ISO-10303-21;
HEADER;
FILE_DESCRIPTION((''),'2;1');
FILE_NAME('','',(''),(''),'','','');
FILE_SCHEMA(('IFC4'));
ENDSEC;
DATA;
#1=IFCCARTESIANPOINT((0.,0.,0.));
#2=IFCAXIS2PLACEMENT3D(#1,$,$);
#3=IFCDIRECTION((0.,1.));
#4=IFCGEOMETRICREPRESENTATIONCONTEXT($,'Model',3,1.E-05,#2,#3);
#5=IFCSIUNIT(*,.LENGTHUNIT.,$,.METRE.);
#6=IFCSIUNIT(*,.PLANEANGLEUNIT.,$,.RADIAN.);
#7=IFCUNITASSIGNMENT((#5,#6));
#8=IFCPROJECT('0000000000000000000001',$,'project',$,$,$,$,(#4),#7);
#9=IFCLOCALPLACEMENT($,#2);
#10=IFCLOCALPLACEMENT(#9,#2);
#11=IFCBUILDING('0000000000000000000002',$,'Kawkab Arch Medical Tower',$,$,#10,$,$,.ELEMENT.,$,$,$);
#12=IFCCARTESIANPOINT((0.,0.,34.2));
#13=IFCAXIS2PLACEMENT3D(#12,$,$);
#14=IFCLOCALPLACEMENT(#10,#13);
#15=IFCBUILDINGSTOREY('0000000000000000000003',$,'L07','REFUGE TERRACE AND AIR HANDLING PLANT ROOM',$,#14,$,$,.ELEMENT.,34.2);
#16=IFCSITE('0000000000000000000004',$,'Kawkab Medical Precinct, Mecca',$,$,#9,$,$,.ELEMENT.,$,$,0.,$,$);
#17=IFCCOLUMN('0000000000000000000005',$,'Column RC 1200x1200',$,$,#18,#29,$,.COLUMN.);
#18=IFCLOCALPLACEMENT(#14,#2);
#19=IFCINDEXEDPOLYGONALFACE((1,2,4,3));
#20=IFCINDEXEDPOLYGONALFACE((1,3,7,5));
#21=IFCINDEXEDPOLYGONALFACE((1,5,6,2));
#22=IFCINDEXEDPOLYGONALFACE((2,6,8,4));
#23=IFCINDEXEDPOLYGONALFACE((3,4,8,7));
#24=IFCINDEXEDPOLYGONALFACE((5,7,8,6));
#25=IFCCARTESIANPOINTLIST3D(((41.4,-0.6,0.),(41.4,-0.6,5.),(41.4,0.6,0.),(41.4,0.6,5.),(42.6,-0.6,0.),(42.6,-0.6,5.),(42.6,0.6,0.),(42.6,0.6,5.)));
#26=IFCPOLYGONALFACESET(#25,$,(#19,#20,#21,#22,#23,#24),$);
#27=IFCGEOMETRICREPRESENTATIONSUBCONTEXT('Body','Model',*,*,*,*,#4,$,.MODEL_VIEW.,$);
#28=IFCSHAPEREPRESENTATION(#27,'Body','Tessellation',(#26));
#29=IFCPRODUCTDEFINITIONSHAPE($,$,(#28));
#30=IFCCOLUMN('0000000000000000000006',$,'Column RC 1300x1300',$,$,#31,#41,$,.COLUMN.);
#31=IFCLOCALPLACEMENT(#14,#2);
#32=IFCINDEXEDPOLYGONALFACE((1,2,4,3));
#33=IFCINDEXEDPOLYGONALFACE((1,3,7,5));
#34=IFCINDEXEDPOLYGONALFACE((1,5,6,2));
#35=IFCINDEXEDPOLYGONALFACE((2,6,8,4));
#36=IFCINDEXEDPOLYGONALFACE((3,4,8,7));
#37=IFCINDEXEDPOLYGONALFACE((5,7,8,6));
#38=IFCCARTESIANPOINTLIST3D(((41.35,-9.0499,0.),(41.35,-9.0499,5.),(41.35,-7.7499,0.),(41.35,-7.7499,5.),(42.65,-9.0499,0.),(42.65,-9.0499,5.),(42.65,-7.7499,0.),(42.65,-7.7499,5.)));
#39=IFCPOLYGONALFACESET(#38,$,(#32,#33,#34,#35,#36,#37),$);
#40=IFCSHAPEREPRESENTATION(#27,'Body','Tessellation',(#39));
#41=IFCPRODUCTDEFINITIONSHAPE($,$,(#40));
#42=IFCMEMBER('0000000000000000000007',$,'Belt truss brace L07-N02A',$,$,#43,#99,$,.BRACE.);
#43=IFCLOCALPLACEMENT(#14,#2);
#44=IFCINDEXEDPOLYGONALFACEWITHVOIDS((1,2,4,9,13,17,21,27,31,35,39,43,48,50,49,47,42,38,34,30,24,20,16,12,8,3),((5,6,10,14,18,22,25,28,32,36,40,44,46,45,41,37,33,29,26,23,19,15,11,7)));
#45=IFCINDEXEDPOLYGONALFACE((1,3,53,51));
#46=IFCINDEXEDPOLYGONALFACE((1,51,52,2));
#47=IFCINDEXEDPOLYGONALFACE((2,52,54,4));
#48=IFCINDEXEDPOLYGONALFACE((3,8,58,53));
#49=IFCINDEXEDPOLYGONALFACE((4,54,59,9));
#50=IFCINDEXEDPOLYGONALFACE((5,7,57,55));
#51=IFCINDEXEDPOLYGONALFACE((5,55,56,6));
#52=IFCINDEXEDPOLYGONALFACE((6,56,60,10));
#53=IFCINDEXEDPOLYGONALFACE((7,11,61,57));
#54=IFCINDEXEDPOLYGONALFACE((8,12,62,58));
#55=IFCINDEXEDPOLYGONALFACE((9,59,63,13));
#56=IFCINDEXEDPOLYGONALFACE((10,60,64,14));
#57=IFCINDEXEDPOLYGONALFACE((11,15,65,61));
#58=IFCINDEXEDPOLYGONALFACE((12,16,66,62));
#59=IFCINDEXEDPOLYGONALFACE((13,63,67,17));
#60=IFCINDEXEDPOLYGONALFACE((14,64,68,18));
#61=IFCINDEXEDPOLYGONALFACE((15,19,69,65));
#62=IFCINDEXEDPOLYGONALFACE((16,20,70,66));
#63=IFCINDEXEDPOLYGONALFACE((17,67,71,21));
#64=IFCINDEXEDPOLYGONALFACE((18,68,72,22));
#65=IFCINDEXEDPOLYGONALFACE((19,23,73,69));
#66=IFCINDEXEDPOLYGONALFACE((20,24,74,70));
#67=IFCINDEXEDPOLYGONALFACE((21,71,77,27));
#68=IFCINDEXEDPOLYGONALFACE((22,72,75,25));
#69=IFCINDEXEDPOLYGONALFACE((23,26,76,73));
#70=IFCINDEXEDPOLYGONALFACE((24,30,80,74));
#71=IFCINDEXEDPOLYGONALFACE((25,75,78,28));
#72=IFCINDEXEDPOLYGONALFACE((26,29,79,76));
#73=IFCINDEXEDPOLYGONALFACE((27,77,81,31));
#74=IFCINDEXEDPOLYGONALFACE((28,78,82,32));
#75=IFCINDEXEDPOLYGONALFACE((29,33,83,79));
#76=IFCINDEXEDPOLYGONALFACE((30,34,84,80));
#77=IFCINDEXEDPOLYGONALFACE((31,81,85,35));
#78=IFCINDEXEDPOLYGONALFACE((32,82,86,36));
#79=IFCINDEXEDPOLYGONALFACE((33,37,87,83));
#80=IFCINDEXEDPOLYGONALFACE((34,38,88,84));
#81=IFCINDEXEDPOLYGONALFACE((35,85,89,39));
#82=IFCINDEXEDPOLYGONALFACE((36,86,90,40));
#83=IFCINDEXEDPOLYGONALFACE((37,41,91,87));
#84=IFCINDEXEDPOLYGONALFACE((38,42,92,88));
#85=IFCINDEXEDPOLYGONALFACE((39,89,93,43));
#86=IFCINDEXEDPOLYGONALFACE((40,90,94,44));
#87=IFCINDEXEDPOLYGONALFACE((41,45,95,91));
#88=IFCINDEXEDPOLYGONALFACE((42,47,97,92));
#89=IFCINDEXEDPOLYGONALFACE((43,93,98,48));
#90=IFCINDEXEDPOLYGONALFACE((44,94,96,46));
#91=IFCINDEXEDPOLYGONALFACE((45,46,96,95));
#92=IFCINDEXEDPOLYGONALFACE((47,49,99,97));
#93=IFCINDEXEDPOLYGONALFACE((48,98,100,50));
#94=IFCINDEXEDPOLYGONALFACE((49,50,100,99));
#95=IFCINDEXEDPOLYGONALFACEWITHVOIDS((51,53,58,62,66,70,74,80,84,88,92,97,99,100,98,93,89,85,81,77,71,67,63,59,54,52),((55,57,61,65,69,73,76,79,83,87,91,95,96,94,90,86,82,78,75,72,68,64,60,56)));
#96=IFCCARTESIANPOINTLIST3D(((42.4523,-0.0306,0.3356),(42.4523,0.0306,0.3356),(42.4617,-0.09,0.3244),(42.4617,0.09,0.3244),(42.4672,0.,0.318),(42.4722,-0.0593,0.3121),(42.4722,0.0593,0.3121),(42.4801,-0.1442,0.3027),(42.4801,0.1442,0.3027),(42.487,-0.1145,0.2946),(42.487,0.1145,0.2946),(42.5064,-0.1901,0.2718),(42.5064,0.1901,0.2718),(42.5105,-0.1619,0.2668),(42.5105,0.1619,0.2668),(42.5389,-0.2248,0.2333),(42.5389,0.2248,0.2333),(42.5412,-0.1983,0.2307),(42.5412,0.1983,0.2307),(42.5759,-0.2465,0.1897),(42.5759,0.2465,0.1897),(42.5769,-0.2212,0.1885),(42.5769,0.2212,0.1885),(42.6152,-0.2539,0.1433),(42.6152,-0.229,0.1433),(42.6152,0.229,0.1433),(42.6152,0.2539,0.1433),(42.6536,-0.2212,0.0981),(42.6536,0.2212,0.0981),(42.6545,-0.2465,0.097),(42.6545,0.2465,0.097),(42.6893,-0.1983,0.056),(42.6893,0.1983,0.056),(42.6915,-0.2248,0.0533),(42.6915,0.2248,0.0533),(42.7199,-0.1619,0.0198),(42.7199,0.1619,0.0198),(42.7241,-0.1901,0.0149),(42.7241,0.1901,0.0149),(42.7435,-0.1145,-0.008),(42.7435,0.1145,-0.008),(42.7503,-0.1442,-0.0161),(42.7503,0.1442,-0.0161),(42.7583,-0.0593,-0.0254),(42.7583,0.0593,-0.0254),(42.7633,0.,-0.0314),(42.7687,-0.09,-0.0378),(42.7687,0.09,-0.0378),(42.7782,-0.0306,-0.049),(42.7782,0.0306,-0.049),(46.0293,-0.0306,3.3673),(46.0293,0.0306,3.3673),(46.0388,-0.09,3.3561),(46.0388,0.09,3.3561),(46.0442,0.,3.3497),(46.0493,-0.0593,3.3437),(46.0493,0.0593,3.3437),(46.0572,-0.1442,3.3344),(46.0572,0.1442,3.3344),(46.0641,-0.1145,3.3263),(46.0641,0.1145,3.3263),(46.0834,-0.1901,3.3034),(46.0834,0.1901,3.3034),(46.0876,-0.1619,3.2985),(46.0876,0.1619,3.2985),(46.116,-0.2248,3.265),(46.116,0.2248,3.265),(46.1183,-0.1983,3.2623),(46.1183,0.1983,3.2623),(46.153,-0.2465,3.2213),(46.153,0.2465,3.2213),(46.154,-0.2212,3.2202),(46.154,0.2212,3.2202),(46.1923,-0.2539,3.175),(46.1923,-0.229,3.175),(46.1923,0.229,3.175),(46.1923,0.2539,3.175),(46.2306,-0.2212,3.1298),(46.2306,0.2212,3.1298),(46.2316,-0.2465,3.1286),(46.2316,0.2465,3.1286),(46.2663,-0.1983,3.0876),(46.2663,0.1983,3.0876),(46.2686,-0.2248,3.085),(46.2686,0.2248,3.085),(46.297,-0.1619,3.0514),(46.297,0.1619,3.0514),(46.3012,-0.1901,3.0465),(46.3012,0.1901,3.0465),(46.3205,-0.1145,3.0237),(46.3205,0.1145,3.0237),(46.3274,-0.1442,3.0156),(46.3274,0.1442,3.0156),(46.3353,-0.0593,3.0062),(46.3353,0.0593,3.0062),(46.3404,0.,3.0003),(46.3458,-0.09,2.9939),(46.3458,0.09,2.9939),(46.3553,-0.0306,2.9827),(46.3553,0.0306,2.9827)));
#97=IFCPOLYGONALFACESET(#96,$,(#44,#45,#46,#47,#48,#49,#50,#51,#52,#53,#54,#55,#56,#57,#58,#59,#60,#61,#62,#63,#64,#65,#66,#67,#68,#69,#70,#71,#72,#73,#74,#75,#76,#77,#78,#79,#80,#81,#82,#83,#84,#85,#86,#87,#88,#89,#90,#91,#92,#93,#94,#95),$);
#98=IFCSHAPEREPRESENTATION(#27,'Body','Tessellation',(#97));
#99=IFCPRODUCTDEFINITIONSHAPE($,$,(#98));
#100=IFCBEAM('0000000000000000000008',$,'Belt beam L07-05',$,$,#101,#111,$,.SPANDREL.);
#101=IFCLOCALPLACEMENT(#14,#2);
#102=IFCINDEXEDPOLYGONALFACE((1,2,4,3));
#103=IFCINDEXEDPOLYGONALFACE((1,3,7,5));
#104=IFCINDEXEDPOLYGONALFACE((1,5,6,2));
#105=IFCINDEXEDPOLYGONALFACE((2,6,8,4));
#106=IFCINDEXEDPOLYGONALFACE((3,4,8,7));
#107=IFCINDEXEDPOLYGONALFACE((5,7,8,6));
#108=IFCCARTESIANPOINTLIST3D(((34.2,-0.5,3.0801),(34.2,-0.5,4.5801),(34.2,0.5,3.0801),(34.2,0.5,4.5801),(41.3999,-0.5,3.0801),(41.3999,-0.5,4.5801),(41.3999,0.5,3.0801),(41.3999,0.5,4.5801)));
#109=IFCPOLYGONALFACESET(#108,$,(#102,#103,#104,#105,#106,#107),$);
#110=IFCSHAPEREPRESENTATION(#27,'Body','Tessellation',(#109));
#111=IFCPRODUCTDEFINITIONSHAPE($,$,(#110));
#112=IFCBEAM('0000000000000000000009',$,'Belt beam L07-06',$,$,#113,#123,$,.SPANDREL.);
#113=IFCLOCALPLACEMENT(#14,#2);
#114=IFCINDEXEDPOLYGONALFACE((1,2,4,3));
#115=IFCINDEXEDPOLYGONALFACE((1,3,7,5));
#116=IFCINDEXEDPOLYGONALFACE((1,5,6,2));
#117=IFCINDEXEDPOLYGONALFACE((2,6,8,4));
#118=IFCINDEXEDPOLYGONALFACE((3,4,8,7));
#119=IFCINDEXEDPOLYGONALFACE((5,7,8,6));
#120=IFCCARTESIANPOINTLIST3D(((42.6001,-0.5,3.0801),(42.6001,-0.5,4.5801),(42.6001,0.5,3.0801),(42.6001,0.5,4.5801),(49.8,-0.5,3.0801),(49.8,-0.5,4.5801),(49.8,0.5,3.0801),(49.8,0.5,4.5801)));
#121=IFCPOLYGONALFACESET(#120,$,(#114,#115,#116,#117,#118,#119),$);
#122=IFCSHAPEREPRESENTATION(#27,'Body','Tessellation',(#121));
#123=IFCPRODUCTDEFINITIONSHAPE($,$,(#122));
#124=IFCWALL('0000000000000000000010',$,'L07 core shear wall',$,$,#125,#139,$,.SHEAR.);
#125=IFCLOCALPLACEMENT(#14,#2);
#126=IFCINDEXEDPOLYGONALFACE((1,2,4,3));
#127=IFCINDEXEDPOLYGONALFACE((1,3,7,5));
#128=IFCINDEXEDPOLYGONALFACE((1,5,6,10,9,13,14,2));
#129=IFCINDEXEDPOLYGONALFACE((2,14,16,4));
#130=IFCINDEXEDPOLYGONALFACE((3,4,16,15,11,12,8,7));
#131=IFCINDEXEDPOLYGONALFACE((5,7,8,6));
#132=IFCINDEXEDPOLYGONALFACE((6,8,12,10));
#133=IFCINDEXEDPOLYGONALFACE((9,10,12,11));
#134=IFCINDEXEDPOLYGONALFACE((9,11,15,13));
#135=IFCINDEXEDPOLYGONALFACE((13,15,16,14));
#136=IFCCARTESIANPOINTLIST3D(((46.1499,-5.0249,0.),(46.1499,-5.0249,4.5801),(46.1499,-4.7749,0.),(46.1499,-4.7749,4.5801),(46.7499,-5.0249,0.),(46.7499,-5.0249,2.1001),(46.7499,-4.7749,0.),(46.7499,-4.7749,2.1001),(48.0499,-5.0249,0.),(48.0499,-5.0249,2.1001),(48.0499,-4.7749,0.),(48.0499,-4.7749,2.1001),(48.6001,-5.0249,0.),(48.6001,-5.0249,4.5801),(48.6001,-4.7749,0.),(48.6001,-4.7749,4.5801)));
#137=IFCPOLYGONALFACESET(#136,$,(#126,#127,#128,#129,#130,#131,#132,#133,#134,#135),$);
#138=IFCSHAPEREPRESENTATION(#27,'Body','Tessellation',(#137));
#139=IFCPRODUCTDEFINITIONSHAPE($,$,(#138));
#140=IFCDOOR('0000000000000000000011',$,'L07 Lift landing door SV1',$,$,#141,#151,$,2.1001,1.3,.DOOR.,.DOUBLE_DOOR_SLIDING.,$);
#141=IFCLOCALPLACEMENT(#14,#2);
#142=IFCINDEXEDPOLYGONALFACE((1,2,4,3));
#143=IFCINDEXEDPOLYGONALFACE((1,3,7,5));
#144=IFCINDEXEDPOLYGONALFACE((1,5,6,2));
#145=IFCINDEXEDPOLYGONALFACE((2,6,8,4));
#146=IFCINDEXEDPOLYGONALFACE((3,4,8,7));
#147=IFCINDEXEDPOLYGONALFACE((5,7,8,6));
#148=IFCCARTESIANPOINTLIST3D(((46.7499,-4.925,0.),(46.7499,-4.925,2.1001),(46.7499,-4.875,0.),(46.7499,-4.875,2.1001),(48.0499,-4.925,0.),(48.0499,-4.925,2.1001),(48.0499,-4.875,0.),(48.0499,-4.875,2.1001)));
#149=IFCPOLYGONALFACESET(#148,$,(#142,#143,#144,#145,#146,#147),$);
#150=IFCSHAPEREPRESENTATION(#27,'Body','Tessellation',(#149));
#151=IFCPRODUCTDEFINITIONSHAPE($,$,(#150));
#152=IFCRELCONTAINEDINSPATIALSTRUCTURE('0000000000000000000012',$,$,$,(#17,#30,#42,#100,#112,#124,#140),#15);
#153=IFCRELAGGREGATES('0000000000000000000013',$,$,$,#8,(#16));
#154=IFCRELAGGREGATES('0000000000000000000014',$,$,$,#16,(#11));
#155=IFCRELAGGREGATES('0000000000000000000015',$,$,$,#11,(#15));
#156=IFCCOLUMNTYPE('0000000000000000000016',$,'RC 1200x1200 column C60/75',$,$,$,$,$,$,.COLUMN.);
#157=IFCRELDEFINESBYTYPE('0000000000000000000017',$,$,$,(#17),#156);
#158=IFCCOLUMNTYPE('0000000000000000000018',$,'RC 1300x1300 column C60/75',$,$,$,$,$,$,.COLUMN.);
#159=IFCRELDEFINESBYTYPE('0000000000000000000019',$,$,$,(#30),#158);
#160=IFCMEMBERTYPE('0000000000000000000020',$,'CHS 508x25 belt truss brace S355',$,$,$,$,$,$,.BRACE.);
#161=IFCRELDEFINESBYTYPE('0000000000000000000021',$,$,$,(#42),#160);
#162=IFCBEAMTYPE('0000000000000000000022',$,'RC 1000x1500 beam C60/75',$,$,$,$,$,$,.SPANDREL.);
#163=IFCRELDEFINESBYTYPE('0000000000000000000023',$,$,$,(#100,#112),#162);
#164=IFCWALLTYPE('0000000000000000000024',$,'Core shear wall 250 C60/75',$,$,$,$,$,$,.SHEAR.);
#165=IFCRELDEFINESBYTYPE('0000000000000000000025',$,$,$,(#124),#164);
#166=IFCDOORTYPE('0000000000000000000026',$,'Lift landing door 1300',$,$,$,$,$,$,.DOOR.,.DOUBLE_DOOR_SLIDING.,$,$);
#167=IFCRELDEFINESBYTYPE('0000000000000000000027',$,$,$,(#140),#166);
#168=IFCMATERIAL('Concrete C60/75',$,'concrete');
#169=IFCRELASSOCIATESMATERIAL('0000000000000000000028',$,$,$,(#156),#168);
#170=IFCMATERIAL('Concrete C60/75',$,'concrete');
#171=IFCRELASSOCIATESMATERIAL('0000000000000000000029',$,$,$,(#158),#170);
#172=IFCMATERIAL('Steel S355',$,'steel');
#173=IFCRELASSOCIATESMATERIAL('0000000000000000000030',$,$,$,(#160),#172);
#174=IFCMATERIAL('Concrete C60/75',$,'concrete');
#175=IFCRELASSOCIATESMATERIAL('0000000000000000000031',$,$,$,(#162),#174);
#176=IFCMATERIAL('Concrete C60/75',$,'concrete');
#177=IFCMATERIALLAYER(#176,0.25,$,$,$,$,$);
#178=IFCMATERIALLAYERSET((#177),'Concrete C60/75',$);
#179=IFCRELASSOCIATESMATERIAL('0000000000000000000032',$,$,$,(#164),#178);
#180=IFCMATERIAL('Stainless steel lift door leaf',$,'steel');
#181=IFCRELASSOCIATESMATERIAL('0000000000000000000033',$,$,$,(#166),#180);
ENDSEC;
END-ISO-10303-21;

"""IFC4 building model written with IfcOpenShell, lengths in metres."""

from ifc_helpers import new_model, si_unit, direction, frame, frame_2d, origin, origin_2d, place, context, subcontext, project, spatial, rectangle, hollow_circle, extrude, material, layer, layer_set, material_profile, profile_set, type_object, element, fill, save


model = new_model("IFC4")

# Units and contexts
model_context = context("Model", 3, precision=1e-05, world=origin(), true_north=direction((0.0, 1.0)))
body_context = subcontext(model_context, "Body", "Model", "MODEL_VIEW")
ifc_project = project(units=[si_unit("LENGTHUNIT", "METRE"), si_unit("PLANEANGLEUNIT", "RADIAN")], contexts=[model_context])

# Site, building, storey
site_placement = place(None, origin())
site = spatial("IfcSite", under=ifc_project, at=site_placement, Name="Kawkab Medical Precinct, Mecca", CompositionType="ELEMENT", RefElevation=0.0)
building_placement = place(site_placement, origin())
building = spatial("IfcBuilding", under=site, at=building_placement, Name="Kawkab Arch Medical Tower", CompositionType="ELEMENT")
storey_placement = place(building_placement, frame((0.0, 0.0, 34.2)))
storey = spatial("IfcBuildingStorey", under=building, at=storey_placement, Name="L07", Description="REFUGE TERRACE AND AIR HANDLING PLANT ROOM", CompositionType="ELEMENT", Elevation=34.2)

# Columns
ifc_material_1 = material(Name="Concrete C60/75", Category="concrete")
ifc_material_profile_1 = material_profile(ifc_material_1, rectangle(XDim=1.2, YDim=1.2, at=origin_2d()), Name="RC 1200x1200")
ifc_profile_set_1 = profile_set([ifc_material_profile_1], Name="Concrete C60/75")
column_type_1 = type_object("IfcColumnType", Name="RC 1200x1200 column C60/75", PredefinedType="COLUMN", material=ifc_profile_set_1)
column_1_placement = place(storey_placement, frame((42.0, 0.0, 0.0), z_axis=(0.0, 0.0, 1.0), x_axis=(1.0, 0.0, 0.0)))
element("IfcColumn", 1, at=column_1_placement, inside=storey, type_object=column_type_1, Name="Column RC 1200x1200", PredefinedType="COLUMN", context=body_context, shape_type="SweptSolid", body=[
    extrude(rectangle(XDim=1.2, YDim=1.2, at=origin_2d()), origin(), (0.0, 0.0, 1.0), 5.0),
])
ifc_material_2 = material(Name="Concrete C60/75", Category="concrete")
ifc_material_profile_2 = material_profile(ifc_material_2, rectangle(XDim=1.3, YDim=1.3, at=origin_2d()), Name="RC 1300x1300")
ifc_profile_set_2 = profile_set([ifc_material_profile_2], Name="Concrete C60/75")
column_type_2 = type_object("IfcColumnType", Name="RC 1300x1300 column C60/75", PredefinedType="COLUMN", material=ifc_profile_set_2)
column_2_placement = place(storey_placement, frame((42.0, -8.3999, 0.0), z_axis=(0.0, 0.0, 1.0), x_axis=(1.0, 0.0, 0.0)))
element("IfcColumn", 2, at=column_2_placement, inside=storey, type_object=column_type_2, Name="Column RC 1300x1300", PredefinedType="COLUMN", context=body_context, shape_type="SweptSolid", body=[
    extrude(rectangle(XDim=1.3, YDim=1.3, at=origin_2d()), origin(), (0.0, 0.0, 1.0), 5.0),
])

# Member
ifc_material_3 = material(Name="Steel S355", Category="steel")
ifc_material_profile_3 = material_profile(ifc_material_3, hollow_circle(Radius=0.2539, WallThickness=0.0249, at=origin_2d()), Name="CHS 508x25")
ifc_profile_set_3 = profile_set([ifc_material_profile_3], Name="Steel S355")
member_type = type_object("IfcMemberType", Name="CHS 508x25 belt truss brace S355", PredefinedType="BRACE", material=ifc_profile_set_3)
member_placement = place(storey_placement, frame((42.6152, 0.0, 0.1433), z_axis=(0.762869, 0.0, 0.646554), x_axis=(0.0, 1.0, 0.0)))
element("IfcMember", 3, at=member_placement, inside=storey, type_object=member_type, Name="Belt truss brace L07-N02A", PredefinedType="BRACE", context=body_context, shape_type="SweptSolid", body=[
    extrude(hollow_circle(Radius=0.2539, WallThickness=0.0249, at=origin_2d()), origin(), (0.0, 0.0, 1.0), 4.689),
])

# Beams
ifc_material_4 = material(Name="Concrete C60/75", Category="concrete")
ifc_material_profile_4 = material_profile(ifc_material_4, rectangle(XDim=1.0, YDim=1.5, at=origin_2d()), Name="RC 1000x1500")
ifc_profile_set_4 = profile_set([ifc_material_profile_4], Name="Concrete C60/75")
beam_type = type_object("IfcBeamType", Name="RC 1000x1500 beam C60/75", PredefinedType="SPANDREL", material=ifc_profile_set_4)
for number, where, z_axis, x_axis, name in (
    (4, (34.2, 0.0, 3.8301), (1.0, 0.0, 0.0), (0.0, 1.0, 0.0), "Belt beam L07-05"),
    (5, (42.6001, 0.0, 3.8301), (1.0, 0.0, 0.0), (0.0, 1.0, 0.0), "Belt beam L07-06"),
):
    element("IfcBeam", number, at=place(storey_placement, frame(where, z_axis=z_axis, x_axis=x_axis)), inside=storey, type_object=beam_type, Name=name, PredefinedType="SPANDREL", context=body_context, shape_type="SweptSolid", body=[
        extrude(rectangle(XDim=1.0, YDim=1.5, at=origin_2d()), origin(), (0.0, 0.0, 1.0), 7.2),
    ])

# Wall, opening, door
ifc_material_5 = material(Name="Concrete C60/75", Category="concrete")
ifc_layer_1 = layer(ifc_material_5, 0.25)
ifc_layer_set_1 = layer_set([ifc_layer_1], Name="Concrete C60/75")
wall_type_1 = type_object("IfcWallType", Name="Core shear wall 250 C60/75", PredefinedType="SHEAR", material=ifc_layer_set_1)
wall_1_placement = place(storey_placement, frame((46.1499, -4.8999, 0.0), z_axis=(0.0, 0.0, 1.0), x_axis=(1.0, 0.0, 0.0)))
wall_1 = element("IfcWall", 6, at=wall_1_placement, inside=storey, type_object=wall_type_1, Name="L07 core shear wall", PredefinedType="SHEAR", context=body_context, shape_type="SweptSolid", body=[
    extrude(rectangle(XDim=2.4502, YDim=0.25, at=frame_2d((1.2251, 0.0))), origin(), (0.0, 0.0, 1.0), 4.5801),
])
opening_1_placement = place(wall_1_placement, frame((0.6001, 0.0, 0.0)))
opening_1 = element("IfcOpeningElement", 7, at=opening_1_placement, cuts=wall_1, PredefinedType="OPENING", context=body_context, shape_type="SweptSolid", body=[
    extrude(rectangle(XDim=1.3, YDim=2.1001, at=frame_2d((0.6499, 1.05))), frame((0.0, 0.135, 0.0), z_axis=(0.0, -1.0, 0.0), x_axis=(1.0, 0.0, 0.0)), (0.0, 0.0, 1.0), 0.27),
])
ifc_material_6 = material(Name="Stainless steel lift door leaf", Category="steel")
door_type_1 = type_object("IfcDoorType", Name="Lift landing door 1300", OperationType="DOUBLE_DOOR_SLIDING", PredefinedType="DOOR", material=ifc_material_6)
door_1_placement = place(opening_1_placement, origin())
door_1 = element("IfcDoor", 8, at=door_1_placement, inside=storey, type_object=door_type_1, Name="L07 Lift landing door SV1", OperationType="DOUBLE_DOOR_SLIDING", OverallHeight=2.1001, OverallWidth=1.3, PredefinedType="DOOR", context=body_context, shape_type="SweptSolid", body=[
    extrude(rectangle(XDim=1.3, YDim=2.1001, at=frame_2d((0.6499, 1.05))), frame((0.0, 0.0249, 0.0), z_axis=(0.0, -1.0, 0.0), x_axis=(1.0, 0.0, 0.0)), (0.0, 0.0, 1.0), 0.05),
])
fill(opening_1, door_1)

save(model, "model.ifc")
